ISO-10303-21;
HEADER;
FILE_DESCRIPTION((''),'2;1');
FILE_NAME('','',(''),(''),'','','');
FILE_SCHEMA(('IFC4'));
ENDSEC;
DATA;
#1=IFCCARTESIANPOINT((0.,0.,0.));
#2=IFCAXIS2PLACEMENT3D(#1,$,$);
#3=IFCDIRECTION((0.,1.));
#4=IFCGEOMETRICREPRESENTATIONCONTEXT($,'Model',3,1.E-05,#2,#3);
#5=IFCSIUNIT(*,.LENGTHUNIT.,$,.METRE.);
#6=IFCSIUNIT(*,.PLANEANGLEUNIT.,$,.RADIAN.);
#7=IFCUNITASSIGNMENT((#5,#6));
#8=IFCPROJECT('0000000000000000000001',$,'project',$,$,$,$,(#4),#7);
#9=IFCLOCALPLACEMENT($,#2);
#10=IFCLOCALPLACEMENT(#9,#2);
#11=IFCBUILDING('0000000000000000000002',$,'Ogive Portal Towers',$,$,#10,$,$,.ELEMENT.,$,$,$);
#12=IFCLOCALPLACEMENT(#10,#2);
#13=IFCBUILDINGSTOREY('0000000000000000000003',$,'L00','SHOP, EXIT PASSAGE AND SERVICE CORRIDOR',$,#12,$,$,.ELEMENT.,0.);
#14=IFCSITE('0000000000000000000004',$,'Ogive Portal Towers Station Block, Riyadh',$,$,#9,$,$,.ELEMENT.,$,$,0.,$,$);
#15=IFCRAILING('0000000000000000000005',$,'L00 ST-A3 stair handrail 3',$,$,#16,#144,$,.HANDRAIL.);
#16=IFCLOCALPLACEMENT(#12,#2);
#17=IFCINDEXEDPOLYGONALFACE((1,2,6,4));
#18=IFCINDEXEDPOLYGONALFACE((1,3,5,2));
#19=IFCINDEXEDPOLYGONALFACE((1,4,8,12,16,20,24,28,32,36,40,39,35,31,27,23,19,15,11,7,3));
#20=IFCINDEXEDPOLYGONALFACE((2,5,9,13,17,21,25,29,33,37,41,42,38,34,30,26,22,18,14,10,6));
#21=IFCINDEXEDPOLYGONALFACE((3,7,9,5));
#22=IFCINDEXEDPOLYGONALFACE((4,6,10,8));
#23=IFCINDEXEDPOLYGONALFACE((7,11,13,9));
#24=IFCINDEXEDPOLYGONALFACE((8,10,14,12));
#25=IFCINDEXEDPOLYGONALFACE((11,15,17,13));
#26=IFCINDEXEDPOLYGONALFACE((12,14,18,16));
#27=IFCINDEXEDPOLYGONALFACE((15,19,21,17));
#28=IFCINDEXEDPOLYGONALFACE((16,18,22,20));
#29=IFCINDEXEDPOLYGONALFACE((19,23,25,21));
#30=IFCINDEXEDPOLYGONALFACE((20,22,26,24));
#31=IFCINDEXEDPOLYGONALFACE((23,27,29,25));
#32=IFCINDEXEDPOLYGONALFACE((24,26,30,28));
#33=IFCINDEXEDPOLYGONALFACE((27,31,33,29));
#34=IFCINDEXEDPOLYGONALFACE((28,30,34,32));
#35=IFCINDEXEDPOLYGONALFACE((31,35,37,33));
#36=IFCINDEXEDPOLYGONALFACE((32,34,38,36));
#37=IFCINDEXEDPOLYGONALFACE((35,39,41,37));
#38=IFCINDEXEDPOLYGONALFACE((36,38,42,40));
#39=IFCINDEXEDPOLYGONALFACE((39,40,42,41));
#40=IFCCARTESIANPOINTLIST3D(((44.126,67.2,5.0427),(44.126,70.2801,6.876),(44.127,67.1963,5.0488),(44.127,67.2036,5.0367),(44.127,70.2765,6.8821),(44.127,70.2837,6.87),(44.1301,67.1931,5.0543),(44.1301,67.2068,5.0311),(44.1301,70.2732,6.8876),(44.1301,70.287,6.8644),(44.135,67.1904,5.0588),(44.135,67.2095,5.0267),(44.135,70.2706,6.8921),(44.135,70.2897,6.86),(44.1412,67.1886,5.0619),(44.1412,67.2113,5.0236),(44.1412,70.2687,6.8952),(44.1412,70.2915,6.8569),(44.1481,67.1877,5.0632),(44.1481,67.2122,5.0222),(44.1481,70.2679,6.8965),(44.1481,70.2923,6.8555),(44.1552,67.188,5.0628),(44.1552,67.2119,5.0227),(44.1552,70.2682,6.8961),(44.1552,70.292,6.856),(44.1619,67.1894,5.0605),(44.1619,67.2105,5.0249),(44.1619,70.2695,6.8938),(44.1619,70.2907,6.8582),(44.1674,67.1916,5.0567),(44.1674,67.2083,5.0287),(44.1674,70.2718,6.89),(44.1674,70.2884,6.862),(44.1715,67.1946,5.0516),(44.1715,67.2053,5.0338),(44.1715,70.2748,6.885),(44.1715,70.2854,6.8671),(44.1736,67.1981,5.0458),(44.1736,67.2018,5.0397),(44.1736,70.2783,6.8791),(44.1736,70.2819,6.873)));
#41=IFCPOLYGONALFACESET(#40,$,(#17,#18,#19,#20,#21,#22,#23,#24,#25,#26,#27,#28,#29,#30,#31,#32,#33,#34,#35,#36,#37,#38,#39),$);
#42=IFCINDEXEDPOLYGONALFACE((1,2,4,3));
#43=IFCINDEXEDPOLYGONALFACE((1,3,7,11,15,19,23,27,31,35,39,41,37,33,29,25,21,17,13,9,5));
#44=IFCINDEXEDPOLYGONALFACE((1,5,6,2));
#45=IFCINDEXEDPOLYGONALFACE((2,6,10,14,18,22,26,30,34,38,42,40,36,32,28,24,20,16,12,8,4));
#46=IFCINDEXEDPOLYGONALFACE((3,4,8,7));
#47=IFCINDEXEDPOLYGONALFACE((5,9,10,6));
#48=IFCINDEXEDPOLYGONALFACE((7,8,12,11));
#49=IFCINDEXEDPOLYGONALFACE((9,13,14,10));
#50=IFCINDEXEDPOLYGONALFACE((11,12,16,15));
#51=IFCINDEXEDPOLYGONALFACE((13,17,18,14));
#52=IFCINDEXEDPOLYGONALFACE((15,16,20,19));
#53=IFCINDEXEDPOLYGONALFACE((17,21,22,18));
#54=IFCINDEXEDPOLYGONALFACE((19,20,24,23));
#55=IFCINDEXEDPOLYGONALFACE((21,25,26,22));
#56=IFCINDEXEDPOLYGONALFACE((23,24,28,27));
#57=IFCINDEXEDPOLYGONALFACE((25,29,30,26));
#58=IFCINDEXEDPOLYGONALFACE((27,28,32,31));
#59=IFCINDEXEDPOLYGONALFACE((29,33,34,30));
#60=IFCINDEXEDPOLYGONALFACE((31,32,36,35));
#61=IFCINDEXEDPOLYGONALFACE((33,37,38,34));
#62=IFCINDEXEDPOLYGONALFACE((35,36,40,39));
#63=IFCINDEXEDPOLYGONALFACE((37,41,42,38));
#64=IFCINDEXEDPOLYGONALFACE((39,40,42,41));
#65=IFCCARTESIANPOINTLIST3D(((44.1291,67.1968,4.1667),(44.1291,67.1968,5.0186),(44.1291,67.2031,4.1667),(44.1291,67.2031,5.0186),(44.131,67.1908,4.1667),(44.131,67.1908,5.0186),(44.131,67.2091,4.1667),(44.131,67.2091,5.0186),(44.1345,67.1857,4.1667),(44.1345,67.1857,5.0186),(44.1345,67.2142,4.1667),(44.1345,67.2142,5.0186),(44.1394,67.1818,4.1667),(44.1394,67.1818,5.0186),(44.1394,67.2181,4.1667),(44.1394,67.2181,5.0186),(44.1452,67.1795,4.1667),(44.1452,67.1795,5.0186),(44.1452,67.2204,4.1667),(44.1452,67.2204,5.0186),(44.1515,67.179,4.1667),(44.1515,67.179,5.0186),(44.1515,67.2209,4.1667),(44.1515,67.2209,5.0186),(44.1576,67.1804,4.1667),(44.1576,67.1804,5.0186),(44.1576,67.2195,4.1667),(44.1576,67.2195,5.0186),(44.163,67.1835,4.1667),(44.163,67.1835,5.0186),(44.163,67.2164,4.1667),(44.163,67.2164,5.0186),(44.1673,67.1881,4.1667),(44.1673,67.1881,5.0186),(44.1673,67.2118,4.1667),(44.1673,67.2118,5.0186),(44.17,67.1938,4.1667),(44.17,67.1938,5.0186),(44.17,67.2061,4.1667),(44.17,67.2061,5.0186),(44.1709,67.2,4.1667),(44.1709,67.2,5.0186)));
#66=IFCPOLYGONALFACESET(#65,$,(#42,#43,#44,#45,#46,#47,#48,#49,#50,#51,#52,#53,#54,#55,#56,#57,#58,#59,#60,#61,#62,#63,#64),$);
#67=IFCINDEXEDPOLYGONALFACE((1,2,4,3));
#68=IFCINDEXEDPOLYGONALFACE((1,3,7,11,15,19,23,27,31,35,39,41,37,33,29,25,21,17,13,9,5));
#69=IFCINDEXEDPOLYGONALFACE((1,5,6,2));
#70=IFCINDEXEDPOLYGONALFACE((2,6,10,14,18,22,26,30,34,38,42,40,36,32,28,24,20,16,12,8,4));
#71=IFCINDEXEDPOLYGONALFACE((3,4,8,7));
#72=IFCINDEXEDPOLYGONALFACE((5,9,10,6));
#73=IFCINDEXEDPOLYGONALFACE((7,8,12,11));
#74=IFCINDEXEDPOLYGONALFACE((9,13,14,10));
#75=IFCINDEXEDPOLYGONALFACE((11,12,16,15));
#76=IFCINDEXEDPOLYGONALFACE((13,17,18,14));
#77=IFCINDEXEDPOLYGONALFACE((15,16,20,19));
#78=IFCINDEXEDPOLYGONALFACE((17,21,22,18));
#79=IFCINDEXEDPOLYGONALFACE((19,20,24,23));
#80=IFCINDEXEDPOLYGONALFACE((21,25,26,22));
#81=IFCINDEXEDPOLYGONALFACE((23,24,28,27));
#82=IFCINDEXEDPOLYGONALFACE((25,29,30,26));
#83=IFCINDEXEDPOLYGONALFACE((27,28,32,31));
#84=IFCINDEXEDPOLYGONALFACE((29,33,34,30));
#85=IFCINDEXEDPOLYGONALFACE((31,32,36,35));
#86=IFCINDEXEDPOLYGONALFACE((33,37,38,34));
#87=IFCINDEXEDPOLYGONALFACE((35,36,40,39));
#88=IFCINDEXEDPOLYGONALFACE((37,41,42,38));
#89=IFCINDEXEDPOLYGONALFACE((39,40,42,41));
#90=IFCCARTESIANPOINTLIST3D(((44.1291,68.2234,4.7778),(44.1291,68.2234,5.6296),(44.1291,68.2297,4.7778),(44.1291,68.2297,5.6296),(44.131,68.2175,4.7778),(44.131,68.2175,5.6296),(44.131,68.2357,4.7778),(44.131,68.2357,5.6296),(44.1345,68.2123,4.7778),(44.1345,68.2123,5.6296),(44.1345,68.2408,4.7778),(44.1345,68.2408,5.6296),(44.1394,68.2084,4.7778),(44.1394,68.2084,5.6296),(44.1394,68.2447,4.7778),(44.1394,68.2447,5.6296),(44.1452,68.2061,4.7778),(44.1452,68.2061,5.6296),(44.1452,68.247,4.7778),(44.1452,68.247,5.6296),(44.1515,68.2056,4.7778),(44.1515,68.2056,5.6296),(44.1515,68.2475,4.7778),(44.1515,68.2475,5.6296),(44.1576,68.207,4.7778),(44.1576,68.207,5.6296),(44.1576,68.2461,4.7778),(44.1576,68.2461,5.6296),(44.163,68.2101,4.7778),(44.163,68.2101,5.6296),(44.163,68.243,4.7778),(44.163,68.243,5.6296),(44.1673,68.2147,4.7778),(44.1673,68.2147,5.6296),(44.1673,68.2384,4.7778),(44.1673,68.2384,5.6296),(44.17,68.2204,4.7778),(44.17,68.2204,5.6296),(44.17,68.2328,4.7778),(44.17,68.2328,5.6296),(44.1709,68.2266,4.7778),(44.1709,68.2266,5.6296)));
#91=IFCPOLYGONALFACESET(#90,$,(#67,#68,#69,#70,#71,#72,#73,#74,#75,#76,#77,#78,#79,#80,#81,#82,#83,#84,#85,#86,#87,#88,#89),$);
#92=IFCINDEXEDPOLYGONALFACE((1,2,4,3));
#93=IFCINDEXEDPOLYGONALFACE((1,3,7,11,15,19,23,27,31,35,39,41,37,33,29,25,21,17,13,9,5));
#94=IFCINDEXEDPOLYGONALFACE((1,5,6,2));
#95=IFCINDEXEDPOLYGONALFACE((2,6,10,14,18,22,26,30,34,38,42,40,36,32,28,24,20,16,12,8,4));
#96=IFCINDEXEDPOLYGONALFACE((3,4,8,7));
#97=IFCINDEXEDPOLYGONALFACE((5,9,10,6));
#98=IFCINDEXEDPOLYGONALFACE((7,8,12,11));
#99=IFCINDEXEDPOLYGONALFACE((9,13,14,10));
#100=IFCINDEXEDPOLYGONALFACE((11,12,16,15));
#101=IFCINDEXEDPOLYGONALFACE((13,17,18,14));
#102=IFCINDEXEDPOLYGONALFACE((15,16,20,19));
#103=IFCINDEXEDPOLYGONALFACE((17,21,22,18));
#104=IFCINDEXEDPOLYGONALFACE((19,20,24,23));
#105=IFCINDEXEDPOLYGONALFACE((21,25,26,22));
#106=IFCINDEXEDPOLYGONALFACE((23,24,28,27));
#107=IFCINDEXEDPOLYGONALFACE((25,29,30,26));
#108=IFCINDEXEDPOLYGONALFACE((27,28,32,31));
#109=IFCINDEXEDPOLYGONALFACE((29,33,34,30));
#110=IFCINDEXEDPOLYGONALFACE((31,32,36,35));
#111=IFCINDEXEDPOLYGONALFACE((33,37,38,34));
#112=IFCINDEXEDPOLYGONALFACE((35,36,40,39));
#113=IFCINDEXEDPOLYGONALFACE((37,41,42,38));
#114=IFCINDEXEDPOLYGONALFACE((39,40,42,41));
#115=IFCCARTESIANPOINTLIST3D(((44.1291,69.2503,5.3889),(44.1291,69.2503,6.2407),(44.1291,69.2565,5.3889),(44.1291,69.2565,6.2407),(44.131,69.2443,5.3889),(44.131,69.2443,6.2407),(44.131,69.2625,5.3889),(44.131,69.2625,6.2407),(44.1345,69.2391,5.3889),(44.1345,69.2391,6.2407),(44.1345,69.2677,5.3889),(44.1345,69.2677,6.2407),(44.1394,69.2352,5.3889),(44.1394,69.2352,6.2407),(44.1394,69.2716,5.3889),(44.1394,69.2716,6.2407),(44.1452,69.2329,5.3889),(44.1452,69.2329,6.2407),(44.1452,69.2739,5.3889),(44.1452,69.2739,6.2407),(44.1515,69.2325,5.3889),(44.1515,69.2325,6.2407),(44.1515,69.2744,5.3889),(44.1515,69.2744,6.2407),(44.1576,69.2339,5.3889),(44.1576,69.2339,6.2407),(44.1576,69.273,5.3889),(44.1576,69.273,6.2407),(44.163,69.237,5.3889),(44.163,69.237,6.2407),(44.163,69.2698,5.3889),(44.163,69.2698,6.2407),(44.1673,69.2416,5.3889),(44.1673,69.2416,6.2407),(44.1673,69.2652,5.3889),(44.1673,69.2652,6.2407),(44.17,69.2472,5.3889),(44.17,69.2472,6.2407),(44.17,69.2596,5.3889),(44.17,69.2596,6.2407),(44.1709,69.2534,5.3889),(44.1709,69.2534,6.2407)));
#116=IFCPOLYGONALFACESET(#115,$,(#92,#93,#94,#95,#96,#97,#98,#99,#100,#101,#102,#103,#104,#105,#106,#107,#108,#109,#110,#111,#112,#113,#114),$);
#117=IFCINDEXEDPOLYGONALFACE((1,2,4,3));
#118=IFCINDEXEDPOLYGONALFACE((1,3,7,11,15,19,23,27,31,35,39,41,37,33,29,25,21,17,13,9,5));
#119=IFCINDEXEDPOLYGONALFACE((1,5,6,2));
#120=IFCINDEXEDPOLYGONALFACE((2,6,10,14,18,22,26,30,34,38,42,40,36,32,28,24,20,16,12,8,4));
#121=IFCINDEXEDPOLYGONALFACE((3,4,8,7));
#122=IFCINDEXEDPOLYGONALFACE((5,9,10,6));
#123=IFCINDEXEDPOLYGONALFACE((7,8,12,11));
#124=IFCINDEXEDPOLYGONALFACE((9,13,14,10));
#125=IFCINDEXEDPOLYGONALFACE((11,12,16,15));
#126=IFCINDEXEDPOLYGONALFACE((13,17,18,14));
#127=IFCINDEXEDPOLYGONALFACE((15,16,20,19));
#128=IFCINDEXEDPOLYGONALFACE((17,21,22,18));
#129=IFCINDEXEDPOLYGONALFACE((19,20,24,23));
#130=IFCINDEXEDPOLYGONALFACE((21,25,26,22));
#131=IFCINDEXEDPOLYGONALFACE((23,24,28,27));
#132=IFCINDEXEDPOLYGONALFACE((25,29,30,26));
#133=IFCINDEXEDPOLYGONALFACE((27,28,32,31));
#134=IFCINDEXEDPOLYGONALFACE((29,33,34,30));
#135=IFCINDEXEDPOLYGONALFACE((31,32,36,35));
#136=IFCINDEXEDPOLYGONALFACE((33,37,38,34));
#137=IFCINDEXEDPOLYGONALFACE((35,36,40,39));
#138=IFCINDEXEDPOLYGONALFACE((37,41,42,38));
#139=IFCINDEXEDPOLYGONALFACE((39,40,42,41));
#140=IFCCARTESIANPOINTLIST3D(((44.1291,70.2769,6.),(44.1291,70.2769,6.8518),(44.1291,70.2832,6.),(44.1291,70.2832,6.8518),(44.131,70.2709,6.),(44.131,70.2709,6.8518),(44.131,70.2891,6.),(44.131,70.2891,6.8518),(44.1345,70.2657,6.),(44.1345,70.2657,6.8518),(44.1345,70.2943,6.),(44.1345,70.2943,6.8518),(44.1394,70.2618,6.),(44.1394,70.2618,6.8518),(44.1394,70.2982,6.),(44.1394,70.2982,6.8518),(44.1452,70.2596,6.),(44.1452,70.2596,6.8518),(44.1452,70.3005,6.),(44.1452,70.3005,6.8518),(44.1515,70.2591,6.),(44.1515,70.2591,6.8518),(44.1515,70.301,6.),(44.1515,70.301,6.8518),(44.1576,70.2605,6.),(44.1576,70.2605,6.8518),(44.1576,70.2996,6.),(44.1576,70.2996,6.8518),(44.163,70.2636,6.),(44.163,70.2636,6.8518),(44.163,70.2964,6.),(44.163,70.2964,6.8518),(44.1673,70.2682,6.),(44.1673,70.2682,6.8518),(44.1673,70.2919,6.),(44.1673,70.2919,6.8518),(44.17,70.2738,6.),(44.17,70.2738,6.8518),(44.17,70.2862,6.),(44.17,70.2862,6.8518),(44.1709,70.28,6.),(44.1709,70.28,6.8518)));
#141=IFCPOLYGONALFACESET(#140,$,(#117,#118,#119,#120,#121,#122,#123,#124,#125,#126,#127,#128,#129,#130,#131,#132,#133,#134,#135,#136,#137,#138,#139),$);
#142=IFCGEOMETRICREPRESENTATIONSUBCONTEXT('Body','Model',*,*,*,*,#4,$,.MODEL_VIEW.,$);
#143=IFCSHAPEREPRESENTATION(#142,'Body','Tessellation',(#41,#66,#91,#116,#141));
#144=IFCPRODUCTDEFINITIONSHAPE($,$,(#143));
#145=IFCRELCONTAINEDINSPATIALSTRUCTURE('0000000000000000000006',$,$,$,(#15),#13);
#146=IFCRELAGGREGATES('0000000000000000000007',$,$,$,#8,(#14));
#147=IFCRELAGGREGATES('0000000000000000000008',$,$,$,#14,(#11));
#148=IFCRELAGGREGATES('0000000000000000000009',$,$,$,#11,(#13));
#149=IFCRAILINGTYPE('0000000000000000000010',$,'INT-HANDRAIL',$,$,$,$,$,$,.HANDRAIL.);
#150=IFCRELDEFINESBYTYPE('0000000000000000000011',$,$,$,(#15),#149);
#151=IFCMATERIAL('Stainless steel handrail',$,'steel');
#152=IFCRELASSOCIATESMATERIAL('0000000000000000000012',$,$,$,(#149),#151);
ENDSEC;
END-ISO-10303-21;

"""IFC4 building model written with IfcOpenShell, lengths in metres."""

from ifc_helpers import new_model, si_unit, direction, frame, origin, origin_2d, place, context, subcontext, project, spatial, circle, extrude, material, type_object, element, save


model = new_model("IFC4")

# Units and contexts
model_context = context("Model", 3, precision=1e-05, world=origin(), true_north=direction((0.0, 1.0)))
body_context = subcontext(model_context, "Body", "Model", "MODEL_VIEW")
ifc_project = project(units=[si_unit("LENGTHUNIT", "METRE"), si_unit("PLANEANGLEUNIT", "RADIAN")], contexts=[model_context])

# Site, building, storey
site_placement = place(None, origin())
site = spatial("IfcSite", under=ifc_project, at=site_placement, Name="Ogive Portal Towers Station Block, Riyadh", CompositionType="ELEMENT", RefElevation=0.0)
building_placement = place(site_placement, origin())
building = spatial("IfcBuilding", under=site, at=building_placement, Name="Ogive Portal Towers", CompositionType="ELEMENT")
storey_placement = place(building_placement, origin())
storey = spatial("IfcBuildingStorey", under=building, at=storey_placement, Name="L00", Description="SHOP, EXIT PASSAGE AND SERVICE CORRIDOR", CompositionType="ELEMENT", Elevation=0.0)

# Railing
ifc_material_1 = material(Name="Stainless steel handrail", Category="steel")
railing_type_1 = type_object("IfcRailingType", Name="INT-HANDRAIL", PredefinedType="HANDRAIL", material=ifc_material_1)
railing_1_placement = place(storey_placement, frame((44.1499, 67.2, 4.1667)))
element("IfcRailing", 1, at=railing_1_placement, inside=storey, type_object=railing_type_1, Name="L00 ST-A3 stair handrail 3", PredefinedType="HANDRAIL", context=body_context, shape_type="SweptSolid", body=[
    extrude(circle(Radius=0.0239, at=origin_2d()), frame((0.0, 0.0, 0.876), z_axis=(0.0, 0.859309, 0.511458), x_axis=(-1.0, 0.0, 0.0)), (0.0, 0.0, 1.0), 3.5845),
    extrude(circle(Radius=0.021, at=origin_2d()), origin(), (0.0, 0.0, 1.0), 0.8518),
    extrude(circle(Radius=0.021, at=origin_2d()), frame((0.0, 1.0266, 0.6111)), (0.0, 0.0, 1.0), 0.8518),
    extrude(circle(Radius=0.021, at=origin_2d()), frame((0.0, 2.0535, 1.2222)), (0.0, 0.0, 1.0), 0.8518),
    extrude(circle(Radius=0.021, at=origin_2d()), frame((0.0, 3.0801, 1.8333)), (0.0, 0.0, 1.0), 0.8518),
])

save(model, "model.ifc")
